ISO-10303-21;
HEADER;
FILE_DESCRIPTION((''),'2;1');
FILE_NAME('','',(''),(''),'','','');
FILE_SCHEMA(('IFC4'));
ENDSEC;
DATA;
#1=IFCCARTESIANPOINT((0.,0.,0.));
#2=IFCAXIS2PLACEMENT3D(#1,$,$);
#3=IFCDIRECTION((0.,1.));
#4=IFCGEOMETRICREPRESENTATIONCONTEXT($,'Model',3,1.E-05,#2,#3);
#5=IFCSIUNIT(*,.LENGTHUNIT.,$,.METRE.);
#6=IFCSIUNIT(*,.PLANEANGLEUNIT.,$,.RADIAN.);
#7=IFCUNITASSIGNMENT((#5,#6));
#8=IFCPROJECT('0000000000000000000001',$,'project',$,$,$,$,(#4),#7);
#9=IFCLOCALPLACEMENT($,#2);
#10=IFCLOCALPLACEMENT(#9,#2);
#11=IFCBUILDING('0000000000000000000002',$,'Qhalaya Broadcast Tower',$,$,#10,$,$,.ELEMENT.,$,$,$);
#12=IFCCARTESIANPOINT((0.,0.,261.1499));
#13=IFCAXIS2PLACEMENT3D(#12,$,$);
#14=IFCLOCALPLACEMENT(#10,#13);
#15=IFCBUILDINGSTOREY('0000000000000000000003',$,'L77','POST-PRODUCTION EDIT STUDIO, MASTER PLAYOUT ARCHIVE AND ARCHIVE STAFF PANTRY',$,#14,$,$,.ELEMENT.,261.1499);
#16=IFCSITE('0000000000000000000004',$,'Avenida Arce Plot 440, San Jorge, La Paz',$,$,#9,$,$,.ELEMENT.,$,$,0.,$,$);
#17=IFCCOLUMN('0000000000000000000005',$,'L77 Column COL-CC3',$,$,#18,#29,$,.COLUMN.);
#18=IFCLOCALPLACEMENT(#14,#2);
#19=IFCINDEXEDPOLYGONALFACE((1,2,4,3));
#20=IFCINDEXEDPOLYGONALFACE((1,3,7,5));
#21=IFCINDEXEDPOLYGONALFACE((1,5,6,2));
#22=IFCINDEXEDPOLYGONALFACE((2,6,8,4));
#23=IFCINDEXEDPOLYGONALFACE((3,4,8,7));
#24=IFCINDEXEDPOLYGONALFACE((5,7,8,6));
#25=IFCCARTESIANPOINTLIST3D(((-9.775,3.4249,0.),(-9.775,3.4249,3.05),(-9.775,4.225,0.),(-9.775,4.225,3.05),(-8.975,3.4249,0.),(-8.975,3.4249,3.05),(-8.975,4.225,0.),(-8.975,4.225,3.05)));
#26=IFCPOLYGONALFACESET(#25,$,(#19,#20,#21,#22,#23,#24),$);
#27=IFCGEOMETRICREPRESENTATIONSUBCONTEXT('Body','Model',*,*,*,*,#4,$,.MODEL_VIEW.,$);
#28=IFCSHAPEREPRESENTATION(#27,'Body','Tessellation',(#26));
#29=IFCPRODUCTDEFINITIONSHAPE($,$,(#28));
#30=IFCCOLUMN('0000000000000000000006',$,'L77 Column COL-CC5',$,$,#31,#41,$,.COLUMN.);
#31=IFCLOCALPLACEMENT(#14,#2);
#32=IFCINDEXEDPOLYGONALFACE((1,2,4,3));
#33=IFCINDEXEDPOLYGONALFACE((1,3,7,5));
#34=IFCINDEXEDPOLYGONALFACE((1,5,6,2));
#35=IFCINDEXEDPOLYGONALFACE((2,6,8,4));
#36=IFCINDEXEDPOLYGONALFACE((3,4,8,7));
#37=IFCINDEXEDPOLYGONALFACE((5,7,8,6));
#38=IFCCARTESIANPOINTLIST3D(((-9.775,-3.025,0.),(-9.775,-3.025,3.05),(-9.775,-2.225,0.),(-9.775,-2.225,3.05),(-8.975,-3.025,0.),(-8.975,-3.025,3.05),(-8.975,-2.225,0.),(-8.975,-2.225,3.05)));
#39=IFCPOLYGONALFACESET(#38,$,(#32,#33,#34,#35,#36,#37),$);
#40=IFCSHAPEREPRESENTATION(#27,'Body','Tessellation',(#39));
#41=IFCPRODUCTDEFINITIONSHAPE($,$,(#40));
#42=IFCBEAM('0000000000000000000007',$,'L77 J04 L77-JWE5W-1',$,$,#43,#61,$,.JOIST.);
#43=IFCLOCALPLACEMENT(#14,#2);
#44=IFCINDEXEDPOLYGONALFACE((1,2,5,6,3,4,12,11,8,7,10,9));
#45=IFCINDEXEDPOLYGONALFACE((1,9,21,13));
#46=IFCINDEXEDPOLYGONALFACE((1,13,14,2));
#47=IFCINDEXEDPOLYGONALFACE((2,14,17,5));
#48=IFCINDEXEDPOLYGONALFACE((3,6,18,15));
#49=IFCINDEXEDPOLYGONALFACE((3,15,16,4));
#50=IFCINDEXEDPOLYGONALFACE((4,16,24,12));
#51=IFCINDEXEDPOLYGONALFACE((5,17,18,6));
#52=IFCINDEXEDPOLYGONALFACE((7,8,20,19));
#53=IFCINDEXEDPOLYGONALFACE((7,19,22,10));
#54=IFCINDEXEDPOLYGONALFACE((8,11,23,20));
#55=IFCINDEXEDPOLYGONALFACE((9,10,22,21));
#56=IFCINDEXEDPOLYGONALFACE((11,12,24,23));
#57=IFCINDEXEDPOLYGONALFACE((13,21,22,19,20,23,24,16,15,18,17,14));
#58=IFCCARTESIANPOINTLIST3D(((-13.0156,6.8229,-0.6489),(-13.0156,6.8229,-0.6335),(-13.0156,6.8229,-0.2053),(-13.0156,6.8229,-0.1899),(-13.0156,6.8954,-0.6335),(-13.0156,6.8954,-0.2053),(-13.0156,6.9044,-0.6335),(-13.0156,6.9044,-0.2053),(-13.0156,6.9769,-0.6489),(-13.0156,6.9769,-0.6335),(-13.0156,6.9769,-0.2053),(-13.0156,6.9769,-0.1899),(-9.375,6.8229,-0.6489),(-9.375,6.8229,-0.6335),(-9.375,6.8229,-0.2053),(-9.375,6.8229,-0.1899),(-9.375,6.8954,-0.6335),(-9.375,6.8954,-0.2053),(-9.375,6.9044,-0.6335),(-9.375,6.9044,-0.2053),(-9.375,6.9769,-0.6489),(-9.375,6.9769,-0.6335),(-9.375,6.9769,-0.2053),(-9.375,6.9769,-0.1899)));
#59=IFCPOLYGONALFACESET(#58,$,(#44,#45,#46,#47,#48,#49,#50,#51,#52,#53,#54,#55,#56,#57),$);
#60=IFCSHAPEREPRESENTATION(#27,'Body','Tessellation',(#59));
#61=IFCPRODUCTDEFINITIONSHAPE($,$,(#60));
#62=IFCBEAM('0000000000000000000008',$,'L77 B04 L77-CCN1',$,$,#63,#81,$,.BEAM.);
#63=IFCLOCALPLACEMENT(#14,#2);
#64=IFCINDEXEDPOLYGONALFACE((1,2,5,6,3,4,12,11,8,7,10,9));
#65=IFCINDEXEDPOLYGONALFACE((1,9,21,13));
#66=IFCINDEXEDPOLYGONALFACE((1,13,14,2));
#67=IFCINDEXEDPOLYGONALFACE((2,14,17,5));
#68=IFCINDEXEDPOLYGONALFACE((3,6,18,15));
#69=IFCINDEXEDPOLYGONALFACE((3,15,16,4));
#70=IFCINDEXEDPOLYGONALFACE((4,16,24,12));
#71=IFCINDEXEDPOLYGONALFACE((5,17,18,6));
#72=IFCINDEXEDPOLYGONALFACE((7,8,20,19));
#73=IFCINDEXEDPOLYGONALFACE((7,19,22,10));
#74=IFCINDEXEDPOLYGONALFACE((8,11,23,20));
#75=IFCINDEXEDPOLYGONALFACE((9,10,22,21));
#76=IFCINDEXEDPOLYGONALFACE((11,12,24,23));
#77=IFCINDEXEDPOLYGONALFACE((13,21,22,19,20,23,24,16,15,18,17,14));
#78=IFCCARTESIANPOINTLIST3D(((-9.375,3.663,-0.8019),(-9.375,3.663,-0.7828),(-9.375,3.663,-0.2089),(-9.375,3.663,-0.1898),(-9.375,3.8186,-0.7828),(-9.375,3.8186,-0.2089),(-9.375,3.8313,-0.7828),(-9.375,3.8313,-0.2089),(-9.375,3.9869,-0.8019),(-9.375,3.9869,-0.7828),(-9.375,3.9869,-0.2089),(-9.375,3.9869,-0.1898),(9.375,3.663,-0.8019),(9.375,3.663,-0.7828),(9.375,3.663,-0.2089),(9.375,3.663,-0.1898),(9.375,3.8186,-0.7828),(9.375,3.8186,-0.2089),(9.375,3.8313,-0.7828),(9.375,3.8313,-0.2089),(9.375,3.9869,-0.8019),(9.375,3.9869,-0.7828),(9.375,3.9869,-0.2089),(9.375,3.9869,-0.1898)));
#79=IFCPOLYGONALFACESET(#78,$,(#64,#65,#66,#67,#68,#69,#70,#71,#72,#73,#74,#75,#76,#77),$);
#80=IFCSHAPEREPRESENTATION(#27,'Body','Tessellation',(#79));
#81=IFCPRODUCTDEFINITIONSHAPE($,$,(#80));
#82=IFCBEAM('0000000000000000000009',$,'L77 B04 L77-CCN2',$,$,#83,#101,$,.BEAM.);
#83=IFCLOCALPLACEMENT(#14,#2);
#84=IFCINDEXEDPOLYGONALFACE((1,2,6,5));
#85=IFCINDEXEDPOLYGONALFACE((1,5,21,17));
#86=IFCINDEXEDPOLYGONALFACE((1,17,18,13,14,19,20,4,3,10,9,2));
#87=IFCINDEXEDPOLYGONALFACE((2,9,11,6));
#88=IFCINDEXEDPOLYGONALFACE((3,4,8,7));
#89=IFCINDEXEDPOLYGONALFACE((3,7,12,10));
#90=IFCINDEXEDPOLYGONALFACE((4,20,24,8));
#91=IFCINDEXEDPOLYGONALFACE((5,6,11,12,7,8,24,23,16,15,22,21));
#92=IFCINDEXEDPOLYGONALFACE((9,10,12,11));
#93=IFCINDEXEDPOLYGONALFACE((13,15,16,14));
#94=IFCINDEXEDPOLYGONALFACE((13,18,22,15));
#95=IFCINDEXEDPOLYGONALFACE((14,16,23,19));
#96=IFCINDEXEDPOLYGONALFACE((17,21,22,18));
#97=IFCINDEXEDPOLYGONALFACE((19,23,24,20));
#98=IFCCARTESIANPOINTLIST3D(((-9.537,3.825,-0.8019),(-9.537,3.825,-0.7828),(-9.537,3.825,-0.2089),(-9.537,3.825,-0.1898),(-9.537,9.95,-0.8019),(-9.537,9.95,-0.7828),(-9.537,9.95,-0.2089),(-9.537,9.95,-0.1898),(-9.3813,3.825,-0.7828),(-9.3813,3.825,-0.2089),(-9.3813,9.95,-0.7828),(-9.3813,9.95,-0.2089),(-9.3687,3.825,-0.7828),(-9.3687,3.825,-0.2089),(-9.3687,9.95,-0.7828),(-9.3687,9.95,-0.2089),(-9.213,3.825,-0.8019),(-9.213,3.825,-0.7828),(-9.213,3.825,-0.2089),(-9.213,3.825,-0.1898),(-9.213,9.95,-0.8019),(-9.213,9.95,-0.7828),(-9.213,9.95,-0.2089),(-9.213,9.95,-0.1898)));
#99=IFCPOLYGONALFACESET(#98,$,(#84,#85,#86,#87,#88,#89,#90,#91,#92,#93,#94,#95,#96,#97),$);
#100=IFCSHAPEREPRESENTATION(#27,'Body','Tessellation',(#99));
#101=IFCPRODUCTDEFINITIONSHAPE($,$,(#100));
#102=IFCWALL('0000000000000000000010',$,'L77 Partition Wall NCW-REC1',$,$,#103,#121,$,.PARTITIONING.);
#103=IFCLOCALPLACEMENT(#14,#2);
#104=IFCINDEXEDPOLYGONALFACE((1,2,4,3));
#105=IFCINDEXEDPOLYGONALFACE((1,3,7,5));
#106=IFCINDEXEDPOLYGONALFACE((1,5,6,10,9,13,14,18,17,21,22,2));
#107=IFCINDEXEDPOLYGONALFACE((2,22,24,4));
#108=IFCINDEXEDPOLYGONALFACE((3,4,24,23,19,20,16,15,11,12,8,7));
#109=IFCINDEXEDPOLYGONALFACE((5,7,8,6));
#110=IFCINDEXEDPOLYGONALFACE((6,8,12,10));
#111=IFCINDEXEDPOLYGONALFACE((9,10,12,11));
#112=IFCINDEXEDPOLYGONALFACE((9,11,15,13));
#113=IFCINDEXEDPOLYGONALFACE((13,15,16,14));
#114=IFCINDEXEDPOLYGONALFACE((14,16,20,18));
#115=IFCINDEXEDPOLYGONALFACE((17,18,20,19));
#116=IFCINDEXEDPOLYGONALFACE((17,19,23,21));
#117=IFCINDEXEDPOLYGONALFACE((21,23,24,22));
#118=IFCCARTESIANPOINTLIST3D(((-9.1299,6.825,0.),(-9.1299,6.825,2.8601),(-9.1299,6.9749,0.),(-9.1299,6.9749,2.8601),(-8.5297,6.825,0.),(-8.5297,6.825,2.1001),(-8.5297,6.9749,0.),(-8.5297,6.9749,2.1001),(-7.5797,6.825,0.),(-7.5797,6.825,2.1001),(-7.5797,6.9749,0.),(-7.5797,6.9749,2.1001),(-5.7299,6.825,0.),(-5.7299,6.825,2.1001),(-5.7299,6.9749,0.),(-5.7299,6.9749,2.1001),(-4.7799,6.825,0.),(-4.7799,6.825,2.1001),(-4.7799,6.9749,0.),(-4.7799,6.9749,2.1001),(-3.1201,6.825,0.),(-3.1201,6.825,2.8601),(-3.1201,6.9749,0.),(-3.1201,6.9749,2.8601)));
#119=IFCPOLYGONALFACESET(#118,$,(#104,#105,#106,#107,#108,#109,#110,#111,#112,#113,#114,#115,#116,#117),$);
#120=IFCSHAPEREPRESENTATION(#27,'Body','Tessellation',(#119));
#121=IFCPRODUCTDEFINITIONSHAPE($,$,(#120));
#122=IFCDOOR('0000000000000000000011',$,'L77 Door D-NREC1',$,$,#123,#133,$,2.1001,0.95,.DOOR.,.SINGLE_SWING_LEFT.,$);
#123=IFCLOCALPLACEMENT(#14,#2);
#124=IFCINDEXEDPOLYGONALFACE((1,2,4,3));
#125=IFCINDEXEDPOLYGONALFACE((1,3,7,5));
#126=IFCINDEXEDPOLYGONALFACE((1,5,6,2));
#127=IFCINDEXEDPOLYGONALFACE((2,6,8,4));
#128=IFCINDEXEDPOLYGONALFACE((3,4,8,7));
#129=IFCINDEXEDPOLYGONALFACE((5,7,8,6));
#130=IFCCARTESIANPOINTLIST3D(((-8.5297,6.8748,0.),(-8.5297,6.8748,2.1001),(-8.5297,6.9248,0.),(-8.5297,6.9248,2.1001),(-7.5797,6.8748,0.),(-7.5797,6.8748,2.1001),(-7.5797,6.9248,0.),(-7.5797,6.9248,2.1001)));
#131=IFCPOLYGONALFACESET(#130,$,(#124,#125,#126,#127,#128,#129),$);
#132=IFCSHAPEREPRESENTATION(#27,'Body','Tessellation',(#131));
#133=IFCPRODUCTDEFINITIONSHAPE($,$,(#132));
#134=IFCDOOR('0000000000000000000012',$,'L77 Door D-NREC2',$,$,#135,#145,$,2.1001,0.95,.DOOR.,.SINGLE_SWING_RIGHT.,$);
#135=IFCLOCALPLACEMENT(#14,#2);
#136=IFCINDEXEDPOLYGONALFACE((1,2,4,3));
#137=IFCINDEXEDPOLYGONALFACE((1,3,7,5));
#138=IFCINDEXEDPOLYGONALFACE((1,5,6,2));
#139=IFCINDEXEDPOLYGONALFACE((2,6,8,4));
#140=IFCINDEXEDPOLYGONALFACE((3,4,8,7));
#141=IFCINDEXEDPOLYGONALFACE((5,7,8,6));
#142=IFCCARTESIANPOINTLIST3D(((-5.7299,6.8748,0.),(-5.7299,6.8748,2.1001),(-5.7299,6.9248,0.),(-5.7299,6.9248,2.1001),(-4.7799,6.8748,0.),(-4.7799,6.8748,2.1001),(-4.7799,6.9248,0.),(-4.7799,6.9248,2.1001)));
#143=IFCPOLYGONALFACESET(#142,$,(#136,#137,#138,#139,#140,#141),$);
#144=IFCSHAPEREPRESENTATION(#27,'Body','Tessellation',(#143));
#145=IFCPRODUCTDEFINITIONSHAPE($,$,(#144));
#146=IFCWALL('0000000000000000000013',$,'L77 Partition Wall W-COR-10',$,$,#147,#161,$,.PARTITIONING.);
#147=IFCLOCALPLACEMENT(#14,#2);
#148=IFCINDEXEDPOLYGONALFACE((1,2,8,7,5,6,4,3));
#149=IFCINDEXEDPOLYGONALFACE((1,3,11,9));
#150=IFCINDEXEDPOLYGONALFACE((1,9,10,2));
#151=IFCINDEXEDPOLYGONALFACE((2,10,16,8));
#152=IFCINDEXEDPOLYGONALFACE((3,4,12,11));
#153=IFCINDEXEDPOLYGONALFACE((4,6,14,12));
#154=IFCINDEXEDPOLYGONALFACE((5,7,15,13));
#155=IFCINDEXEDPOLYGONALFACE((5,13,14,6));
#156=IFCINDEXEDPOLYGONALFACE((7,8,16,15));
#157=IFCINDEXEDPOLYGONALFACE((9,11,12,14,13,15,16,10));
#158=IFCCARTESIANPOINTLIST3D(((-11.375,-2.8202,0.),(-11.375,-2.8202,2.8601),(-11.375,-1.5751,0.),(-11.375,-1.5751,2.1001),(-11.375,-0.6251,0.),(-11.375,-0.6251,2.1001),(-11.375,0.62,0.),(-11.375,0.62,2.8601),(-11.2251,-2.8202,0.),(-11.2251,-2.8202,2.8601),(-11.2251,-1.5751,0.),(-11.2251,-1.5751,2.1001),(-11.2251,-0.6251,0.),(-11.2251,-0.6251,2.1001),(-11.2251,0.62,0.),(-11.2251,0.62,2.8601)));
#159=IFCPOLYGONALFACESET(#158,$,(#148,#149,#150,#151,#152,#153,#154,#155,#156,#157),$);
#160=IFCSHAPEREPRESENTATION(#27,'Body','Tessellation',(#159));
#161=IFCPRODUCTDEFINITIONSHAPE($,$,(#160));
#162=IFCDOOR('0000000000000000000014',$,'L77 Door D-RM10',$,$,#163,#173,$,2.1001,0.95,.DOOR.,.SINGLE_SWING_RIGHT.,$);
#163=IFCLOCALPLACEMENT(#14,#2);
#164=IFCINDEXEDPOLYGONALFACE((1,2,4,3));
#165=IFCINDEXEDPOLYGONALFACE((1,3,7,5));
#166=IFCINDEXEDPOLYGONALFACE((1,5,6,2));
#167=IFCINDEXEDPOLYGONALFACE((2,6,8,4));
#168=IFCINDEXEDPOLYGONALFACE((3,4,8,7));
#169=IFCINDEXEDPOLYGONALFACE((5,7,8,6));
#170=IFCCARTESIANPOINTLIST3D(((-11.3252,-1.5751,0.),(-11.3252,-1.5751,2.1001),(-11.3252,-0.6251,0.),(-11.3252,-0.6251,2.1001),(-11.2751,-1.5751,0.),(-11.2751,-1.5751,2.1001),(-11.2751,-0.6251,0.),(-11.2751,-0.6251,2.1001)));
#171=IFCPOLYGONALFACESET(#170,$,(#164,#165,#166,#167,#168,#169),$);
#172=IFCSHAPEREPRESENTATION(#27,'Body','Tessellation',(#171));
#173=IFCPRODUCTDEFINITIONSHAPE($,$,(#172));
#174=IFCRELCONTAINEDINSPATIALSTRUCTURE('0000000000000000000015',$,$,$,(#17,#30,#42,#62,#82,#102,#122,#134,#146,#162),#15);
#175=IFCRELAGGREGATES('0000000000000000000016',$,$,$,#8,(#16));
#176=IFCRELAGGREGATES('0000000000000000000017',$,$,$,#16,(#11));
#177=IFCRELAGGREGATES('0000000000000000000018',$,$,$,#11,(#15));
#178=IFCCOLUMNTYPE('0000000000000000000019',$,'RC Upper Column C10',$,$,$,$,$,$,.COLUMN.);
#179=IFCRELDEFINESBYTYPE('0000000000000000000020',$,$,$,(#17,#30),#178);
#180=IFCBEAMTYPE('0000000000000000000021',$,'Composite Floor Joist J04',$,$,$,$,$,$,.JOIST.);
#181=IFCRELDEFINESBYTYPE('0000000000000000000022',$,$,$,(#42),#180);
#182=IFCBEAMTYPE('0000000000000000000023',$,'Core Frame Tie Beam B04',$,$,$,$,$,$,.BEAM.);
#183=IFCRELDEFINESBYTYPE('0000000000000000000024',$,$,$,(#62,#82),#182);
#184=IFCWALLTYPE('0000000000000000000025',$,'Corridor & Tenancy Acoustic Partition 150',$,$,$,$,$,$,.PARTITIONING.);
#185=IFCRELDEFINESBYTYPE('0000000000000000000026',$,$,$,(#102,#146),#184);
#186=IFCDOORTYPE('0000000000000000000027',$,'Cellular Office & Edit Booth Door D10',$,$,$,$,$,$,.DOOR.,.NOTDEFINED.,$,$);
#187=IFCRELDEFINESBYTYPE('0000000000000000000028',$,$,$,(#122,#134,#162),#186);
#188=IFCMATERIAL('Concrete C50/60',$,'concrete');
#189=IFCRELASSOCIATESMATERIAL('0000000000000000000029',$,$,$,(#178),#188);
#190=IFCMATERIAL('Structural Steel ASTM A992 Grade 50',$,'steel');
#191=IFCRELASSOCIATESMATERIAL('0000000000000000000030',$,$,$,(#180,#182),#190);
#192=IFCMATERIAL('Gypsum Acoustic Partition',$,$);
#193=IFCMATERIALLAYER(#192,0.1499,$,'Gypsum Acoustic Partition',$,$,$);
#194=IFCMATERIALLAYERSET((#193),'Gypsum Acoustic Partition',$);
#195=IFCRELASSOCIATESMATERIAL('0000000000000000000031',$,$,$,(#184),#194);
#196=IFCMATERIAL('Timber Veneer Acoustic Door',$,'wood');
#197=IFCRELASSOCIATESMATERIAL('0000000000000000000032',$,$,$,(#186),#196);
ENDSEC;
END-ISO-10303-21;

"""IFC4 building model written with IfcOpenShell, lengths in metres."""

from ifc_helpers import new_model, si_unit, direction, frame, frame_2d, origin, origin_2d, place, context, subcontext, project, spatial, rectangle, i_section, extrude, material, layer, layer_set, material_profile, profile_set, type_object, element, fill, save


model = new_model("IFC4")

# Units and contexts
model_context = context("Model", 3, precision=1e-05, world=origin(), true_north=direction((0.0, 1.0)))
body_context = subcontext(model_context, "Body", "Model", "MODEL_VIEW")
ifc_project = project(units=[si_unit("LENGTHUNIT", "METRE"), si_unit("PLANEANGLEUNIT", "RADIAN")], contexts=[model_context])

# Site, building, storey
site_placement = place(None, origin())
site = spatial("IfcSite", under=ifc_project, at=site_placement, Name="Avenida Arce Plot 440, San Jorge, La Paz", CompositionType="ELEMENT", RefElevation=0.0)
building_placement = place(site_placement, origin())
building = spatial("IfcBuilding", under=site, at=building_placement, Name="Qhalaya Broadcast Tower", CompositionType="ELEMENT")
storey_placement = place(building_placement, frame((0.0, 0.0, 261.1499)))
storey = spatial("IfcBuildingStorey", under=building, at=storey_placement, Name="L77", Description="POST-PRODUCTION EDIT STUDIO, MASTER PLAYOUT ARCHIVE AND ARCHIVE STAFF PANTRY", CompositionType="ELEMENT", Elevation=261.1499)

# Columns
ifc_material_1 = material(Name="Concrete C50/60", Category="concrete")
ifc_material_profile_1 = material_profile(ifc_material_1, rectangle(XDim=0.8, YDim=0.8, at=origin_2d()), Name="RC-COL 800x800")
ifc_profile_set_1 = profile_set([ifc_material_profile_1], Name="Concrete C50/60")
column_type = type_object("IfcColumnType", Name="RC Upper Column C10", PredefinedType="COLUMN", material=ifc_profile_set_1)
for number, where, z_axis, x_axis, name in (
    (1, (-9.375, 3.825, 0.0), (0.0, 0.0, 1.0), (1.0, 0.0, 0.0), "L77 Column COL-CC3"),
    (2, (-9.375, -2.625, 0.0), (0.0, 0.0, 1.0), (1.0, 0.0, 0.0), "L77 Column COL-CC5"),
):
    element("IfcColumn", number, at=place(storey_placement, frame(where, z_axis=z_axis, x_axis=x_axis)), inside=storey, type_object=column_type, Name=name, PredefinedType="COLUMN", context=body_context, shape_type="SweptSolid", body=[
        extrude(rectangle(XDim=0.8, YDim=0.8, at=origin_2d()), origin(), (0.0, 0.0, 1.0), 3.05),
    ])

# Beams
ifc_material_2 = material(Name="Structural Steel ASTM A992 Grade 50", Category="steel")
ifc_material_profile_2 = material_profile(ifc_material_2, i_section(OverallWidth=0.1541, OverallDepth=0.459, WebThickness=0.009, FlangeThickness=0.0154, at=origin_2d()), Name="W18X46")
ifc_profile_set_2 = profile_set([ifc_material_profile_2], Name="Structural Steel ASTM A992 Grade 50")
beam_type_1 = type_object("IfcBeamType", Name="Composite Floor Joist J04", PredefinedType="JOIST", material=ifc_profile_set_2)
beam_1_placement = place(storey_placement, frame((-13.0156, 6.8999, -0.4194), z_axis=(1.0, 0.0, 0.0), x_axis=(0.0, 1.0, 0.0)))
element("IfcBeam", 3, at=beam_1_placement, inside=storey, type_object=beam_type_1, Name="L77 J04 L77-JWE5W-1", PredefinedType="JOIST", context=body_context, shape_type="SweptSolid", body=[
    extrude(i_section(OverallWidth=0.1541, OverallDepth=0.459, WebThickness=0.009, FlangeThickness=0.0154, at=origin_2d()), origin(), (0.0, 0.0, 1.0), 3.6406),
])
ifc_material_profile_3 = material_profile(ifc_material_2, i_section(OverallWidth=0.324, OverallDepth=0.6121, WebThickness=0.0127, FlangeThickness=0.019, at=origin_2d()), Name="W24X104")
ifc_profile_set_3 = profile_set([ifc_material_profile_3], Name="Structural Steel ASTM A992 Grade 50")
beam_type_2 = type_object("IfcBeamType", Name="Core Frame Tie Beam B04", PredefinedType="BEAM", material=ifc_profile_set_3)
beam_2_placement = place(storey_placement, frame((-9.375, 3.825, -0.4958), z_axis=(1.0, 0.0, 0.0), x_axis=(0.0, 1.0, 0.0)))
element("IfcBeam", 4, at=beam_2_placement, inside=storey, type_object=beam_type_2, Name="L77 B04 L77-CCN1", PredefinedType="BEAM", context=body_context, shape_type="SweptSolid", body=[
    extrude(i_section(OverallWidth=0.324, OverallDepth=0.6121, WebThickness=0.0127, FlangeThickness=0.019, at=origin_2d()), origin(), (0.0, 0.0, 1.0), 18.75),
])
beam_3_placement = place(storey_placement, frame((-9.375, 3.825, -0.4958), z_axis=(0.0, 1.0, 0.0), x_axis=(-1.0, 0.0, 0.0)))
element("IfcBeam", 5, at=beam_3_placement, inside=storey, type_object=beam_type_2, Name="L77 B04 L77-CCN2", PredefinedType="BEAM", context=body_context, shape_type="SweptSolid", body=[
    extrude(i_section(OverallWidth=0.324, OverallDepth=0.6121, WebThickness=0.0127, FlangeThickness=0.019, at=origin_2d()), origin(), (0.0, 0.0, 1.0), 6.125),
])

# Wall, openings, doors
ifc_material_3 = material(Name="Gypsum Acoustic Partition")
ifc_layer_1 = layer(ifc_material_3, 0.1499, Name="Gypsum Acoustic Partition")
ifc_layer_set_1 = layer_set([ifc_layer_1], Name="Gypsum Acoustic Partition")
wall_type_1 = type_object("IfcWallType", Name="Corridor & Tenancy Acoustic Partition 150", PredefinedType="PARTITIONING", material=ifc_layer_set_1)
wall_1_placement = place(storey_placement, frame((-9.1299, 6.8999, 0.0), z_axis=(0.0, 0.0, 1.0), x_axis=(1.0, 0.0, 0.0)))
wall_1 = element("IfcWall", 6, at=wall_1_placement, inside=storey, type_object=wall_type_1, Name="L77 Partition Wall NCW-REC1", PredefinedType="PARTITIONING", context=body_context, shape_type="SweptSolid", body=[
    extrude(rectangle(XDim=6.0098, YDim=0.1499, at=frame_2d((3.0049, 0.0))), origin(), (0.0, 0.0, 1.0), 2.8601),
])
opening_1_placement = place(wall_1_placement, frame((0.6001, 0.0, 0.0)))
opening_1 = element("IfcOpeningElement", 7, at=opening_1_placement, cuts=wall_1, PredefinedType="OPENING", context=body_context, shape_type="SweptSolid", body=[
    extrude(rectangle(XDim=0.95, YDim=2.1001, at=frame_2d((0.4751, 1.05))), frame((0.0, 0.0869, 0.0), z_axis=(0.0, -1.0, 0.0), x_axis=(1.0, 0.0, 0.0)), (0.0, 0.0, 1.0), 0.1738),
])
opening_2_placement = place(wall_1_placement, frame((3.3999, 0.0, 0.0)))
opening_2 = element("IfcOpeningElement", 8, at=opening_2_placement, cuts=wall_1, PredefinedType="OPENING", context=body_context, shape_type="SweptSolid", body=[
    extrude(rectangle(XDim=0.95, YDim=2.1001, at=frame_2d((0.4751, 1.05))), frame((0.0, 0.0869, 0.0), z_axis=(0.0, -1.0, 0.0), x_axis=(1.0, 0.0, 0.0)), (0.0, 0.0, 1.0), 0.1738),
])
ifc_material_4 = material(Name="Timber Veneer Acoustic Door", Category="wood")
door_type_1 = type_object("IfcDoorType", Name="Cellular Office & Edit Booth Door D10", OperationType="NOTDEFINED", PredefinedType="DOOR", material=ifc_material_4)
door_1_placement = place(opening_1_placement, origin())
door_1 = element("IfcDoor", 9, at=door_1_placement, inside=storey, type_object=door_type_1, Name="L77 Door D-NREC1", OperationType="SINGLE_SWING_LEFT", OverallHeight=2.1001, OverallWidth=0.95, PredefinedType="DOOR", context=body_context, shape_type="SweptSolid", body=[
    extrude(rectangle(XDim=0.95, YDim=2.1001, at=frame_2d((0.4751, 1.05))), frame((0.0, 0.0249, 0.0), z_axis=(0.0, -1.0, 0.0), x_axis=(1.0, 0.0, 0.0)), (0.0, 0.0, 1.0), 0.05),
])
fill(opening_1, door_1)
door_2_placement = place(opening_2_placement, origin())
door_2 = element("IfcDoor", 10, at=door_2_placement, inside=storey, type_object=door_type_1, Name="L77 Door D-NREC2", OperationType="SINGLE_SWING_RIGHT", OverallHeight=2.1001, OverallWidth=0.95, PredefinedType="DOOR", context=body_context, shape_type="SweptSolid", body=[
    extrude(rectangle(XDim=0.95, YDim=2.1001, at=frame_2d((0.4751, 1.05))), frame((0.0, 0.0249, 0.0), z_axis=(0.0, -1.0, 0.0), x_axis=(1.0, 0.0, 0.0)), (0.0, 0.0, 1.0), 0.05),
])
fill(opening_2, door_2)

# Wall, opening, door
wall_2_placement = place(storey_placement, frame((-11.3, 0.6201, 0.0), z_axis=(0.0, 0.0, 1.0), x_axis=(0.0, -1.0, 0.0)))
wall_2 = element("IfcWall", 11, at=wall_2_placement, inside=storey, type_object=wall_type_1, Name="L77 Partition Wall W-COR-10", PredefinedType="PARTITIONING", context=body_context, shape_type="SweptSolid", body=[
    extrude(rectangle(XDim=3.4402, YDim=0.1499, at=frame_2d((1.7202, 0.0))), origin(), (0.0, 0.0, 1.0), 2.8601),
])
opening_3_placement = place(wall_2_placement, frame((1.2451, 0.0, 0.0)))
opening_3 = element("IfcOpeningElement", 12, at=opening_3_placement, cuts=wall_2, PredefinedType="OPENING", context=body_context, shape_type="SweptSolid", body=[
    extrude(rectangle(XDim=0.95, YDim=2.1001, at=frame_2d((0.4751, 1.05))), frame((0.0, 0.0869, 0.0), z_axis=(0.0, -1.0, 0.0), x_axis=(1.0, 0.0, 0.0)), (0.0, 0.0, 1.0), 0.1738),
])
door_3_placement = place(opening_3_placement, origin())
door_3 = element("IfcDoor", 13, at=door_3_placement, inside=storey, type_object=door_type_1, Name="L77 Door D-RM10", OperationType="SINGLE_SWING_RIGHT", OverallHeight=2.1001, OverallWidth=0.95, PredefinedType="DOOR", context=body_context, shape_type="SweptSolid", body=[
    extrude(rectangle(XDim=0.95, YDim=2.1001, at=frame_2d((0.4751, 1.05))), frame((0.0, 0.0249, 0.0), z_axis=(0.0, -1.0, 0.0), x_axis=(1.0, 0.0, 0.0)), (0.0, 0.0, 1.0), 0.05),
])
fill(opening_3, door_3)

save(model, "model.ifc")
